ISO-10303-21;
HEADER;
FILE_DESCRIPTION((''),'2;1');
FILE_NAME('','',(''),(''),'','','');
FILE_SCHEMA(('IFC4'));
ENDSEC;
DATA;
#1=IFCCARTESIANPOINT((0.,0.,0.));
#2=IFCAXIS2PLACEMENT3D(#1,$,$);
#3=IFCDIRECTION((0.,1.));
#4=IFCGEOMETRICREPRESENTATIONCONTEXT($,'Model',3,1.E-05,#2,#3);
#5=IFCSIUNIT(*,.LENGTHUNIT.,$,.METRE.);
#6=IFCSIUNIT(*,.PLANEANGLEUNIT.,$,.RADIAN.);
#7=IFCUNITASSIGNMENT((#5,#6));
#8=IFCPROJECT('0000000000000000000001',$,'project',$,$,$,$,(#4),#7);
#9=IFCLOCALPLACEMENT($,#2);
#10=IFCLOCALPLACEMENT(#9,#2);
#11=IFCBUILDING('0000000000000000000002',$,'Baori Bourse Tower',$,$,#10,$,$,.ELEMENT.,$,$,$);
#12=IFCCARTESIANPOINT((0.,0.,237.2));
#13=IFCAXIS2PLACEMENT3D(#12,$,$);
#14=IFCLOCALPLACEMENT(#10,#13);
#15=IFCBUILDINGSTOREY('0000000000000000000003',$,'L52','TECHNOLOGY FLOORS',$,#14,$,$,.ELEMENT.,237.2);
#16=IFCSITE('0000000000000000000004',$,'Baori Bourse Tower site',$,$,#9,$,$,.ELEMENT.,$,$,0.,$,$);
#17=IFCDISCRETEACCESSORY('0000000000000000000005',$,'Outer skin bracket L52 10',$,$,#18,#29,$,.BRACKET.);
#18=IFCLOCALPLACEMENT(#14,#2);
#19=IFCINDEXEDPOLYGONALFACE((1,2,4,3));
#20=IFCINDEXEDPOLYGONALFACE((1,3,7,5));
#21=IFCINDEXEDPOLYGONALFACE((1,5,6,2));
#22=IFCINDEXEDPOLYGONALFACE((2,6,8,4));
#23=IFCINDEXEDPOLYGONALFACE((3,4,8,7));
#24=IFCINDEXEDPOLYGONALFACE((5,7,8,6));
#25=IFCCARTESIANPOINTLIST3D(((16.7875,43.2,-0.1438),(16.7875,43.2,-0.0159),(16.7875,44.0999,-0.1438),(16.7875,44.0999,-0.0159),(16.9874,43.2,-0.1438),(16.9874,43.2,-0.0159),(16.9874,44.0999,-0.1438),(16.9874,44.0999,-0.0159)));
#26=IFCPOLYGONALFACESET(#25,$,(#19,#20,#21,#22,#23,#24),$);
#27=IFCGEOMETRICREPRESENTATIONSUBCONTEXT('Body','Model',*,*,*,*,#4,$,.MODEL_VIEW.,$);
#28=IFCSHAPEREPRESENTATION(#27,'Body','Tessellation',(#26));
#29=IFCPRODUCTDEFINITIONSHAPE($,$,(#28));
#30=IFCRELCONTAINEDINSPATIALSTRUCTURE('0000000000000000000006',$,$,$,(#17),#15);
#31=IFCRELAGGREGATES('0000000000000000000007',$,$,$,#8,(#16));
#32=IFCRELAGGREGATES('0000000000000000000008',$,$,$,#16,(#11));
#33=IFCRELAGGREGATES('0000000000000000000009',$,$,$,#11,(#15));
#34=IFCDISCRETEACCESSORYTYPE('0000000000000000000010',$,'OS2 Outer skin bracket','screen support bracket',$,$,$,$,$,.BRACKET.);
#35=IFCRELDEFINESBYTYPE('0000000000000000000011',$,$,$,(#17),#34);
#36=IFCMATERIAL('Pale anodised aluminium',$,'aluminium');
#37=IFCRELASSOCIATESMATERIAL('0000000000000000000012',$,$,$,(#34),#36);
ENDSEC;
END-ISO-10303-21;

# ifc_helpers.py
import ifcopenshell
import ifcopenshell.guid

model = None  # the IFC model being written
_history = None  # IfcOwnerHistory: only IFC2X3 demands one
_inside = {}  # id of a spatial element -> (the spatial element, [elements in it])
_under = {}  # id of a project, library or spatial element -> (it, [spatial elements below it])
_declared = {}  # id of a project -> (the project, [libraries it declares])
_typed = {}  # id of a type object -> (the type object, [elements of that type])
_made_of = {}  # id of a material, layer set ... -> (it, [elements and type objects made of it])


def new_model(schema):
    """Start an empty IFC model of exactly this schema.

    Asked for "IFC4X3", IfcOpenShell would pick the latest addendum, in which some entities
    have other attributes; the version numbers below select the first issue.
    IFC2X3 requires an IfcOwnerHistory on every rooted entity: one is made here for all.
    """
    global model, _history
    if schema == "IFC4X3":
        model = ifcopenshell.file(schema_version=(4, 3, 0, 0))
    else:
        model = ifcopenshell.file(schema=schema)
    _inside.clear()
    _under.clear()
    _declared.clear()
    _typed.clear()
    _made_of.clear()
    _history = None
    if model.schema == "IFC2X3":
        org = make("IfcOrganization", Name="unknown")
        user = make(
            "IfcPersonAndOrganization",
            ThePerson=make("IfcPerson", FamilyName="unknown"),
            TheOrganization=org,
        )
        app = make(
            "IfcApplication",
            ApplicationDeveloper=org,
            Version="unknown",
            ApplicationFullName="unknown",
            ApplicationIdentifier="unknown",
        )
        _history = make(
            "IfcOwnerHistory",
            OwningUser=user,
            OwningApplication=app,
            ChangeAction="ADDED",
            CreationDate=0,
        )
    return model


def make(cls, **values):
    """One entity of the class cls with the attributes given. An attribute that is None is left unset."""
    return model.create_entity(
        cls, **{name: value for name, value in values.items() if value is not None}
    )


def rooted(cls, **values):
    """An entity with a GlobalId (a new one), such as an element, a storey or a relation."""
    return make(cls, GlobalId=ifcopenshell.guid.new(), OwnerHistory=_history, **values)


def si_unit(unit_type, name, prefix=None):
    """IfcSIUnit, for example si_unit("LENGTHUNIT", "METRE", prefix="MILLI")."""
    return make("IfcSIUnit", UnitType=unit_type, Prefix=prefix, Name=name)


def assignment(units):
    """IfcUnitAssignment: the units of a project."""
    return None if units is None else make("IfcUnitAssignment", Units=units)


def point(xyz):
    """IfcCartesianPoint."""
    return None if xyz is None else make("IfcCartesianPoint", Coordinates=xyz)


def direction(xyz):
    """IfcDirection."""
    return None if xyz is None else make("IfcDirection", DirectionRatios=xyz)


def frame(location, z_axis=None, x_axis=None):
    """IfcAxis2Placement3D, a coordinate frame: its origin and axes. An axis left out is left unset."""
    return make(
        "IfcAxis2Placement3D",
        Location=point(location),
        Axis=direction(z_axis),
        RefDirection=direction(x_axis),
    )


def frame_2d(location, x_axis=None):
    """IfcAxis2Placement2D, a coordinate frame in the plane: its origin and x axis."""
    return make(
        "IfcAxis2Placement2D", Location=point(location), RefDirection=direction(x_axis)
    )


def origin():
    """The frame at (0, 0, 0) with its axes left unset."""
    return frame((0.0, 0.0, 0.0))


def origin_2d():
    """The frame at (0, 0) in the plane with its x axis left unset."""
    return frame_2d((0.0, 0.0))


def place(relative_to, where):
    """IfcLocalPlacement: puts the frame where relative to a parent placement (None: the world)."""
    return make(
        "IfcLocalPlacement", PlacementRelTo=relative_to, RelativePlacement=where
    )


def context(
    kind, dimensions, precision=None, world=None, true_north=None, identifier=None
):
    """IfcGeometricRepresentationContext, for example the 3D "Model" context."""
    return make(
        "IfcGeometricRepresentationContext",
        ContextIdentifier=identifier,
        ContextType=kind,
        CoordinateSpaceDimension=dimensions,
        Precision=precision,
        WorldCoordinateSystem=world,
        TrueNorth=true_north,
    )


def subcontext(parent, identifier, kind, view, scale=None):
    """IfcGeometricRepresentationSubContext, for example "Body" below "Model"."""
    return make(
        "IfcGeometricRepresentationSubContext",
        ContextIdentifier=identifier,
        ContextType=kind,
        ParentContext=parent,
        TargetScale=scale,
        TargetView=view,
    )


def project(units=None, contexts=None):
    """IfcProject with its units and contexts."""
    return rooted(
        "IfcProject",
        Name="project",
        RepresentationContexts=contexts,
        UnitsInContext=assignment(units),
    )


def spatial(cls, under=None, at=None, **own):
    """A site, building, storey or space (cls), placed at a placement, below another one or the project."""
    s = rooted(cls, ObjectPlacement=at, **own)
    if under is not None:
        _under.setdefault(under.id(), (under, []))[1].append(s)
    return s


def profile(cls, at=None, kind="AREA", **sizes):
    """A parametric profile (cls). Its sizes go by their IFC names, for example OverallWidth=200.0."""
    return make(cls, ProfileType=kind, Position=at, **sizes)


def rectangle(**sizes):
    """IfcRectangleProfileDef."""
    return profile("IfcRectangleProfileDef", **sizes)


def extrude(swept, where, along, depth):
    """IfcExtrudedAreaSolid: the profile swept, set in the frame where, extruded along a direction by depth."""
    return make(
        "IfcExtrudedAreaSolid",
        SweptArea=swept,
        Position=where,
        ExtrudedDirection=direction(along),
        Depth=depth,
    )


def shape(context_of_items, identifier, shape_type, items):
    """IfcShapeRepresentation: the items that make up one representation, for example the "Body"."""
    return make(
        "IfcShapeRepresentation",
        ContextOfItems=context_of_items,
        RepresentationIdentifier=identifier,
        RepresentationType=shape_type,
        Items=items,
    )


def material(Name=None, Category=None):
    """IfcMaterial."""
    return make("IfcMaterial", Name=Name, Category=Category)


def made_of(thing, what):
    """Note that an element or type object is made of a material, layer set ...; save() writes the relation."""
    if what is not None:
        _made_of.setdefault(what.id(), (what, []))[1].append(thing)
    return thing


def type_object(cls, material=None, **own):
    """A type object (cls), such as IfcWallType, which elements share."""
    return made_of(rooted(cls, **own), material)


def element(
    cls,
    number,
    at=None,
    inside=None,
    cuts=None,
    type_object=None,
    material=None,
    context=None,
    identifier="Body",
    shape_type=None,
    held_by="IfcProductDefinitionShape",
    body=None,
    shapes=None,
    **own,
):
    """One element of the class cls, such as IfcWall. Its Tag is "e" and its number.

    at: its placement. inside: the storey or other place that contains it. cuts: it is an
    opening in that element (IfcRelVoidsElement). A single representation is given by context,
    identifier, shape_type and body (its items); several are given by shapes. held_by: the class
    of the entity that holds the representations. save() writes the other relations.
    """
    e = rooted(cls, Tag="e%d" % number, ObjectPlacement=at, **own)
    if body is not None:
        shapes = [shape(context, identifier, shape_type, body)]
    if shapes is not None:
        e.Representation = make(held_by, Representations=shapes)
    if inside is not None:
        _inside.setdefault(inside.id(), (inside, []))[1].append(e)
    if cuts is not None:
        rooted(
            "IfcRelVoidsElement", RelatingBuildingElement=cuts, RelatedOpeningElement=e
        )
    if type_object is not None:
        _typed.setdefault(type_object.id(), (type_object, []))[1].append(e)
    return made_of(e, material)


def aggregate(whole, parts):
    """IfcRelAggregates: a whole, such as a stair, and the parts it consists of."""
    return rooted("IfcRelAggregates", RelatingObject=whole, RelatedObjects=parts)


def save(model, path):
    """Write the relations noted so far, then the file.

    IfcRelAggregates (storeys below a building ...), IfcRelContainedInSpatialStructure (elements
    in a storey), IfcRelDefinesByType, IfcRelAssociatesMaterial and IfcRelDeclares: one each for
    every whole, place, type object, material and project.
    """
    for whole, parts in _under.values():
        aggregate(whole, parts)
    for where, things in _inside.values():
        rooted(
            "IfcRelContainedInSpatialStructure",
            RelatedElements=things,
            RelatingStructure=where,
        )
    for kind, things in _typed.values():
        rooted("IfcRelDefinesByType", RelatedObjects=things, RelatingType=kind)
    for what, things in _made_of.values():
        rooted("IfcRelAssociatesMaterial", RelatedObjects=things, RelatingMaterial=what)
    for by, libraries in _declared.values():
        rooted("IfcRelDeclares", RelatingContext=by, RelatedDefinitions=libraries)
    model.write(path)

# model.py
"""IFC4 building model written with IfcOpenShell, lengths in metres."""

from ifc_helpers import new_model, si_unit, direction, frame, origin, origin_2d, place, context, subcontext, project, spatial, rectangle, extrude, material, type_object, element, save


model = new_model("IFC4")

# Units and contexts
model_context = context("Model", 3, precision=1e-05, world=origin(), true_north=direction((0.0, 1.0)))
body_context = subcontext(model_context, "Body", "Model", "MODEL_VIEW")
ifc_project = project(units=[si_unit("LENGTHUNIT", "METRE"), si_unit("PLANEANGLEUNIT", "RADIAN")], contexts=[model_context])

# Site, building, storey
site_placement = place(None, origin())
site = spatial("IfcSite", under=ifc_project, at=site_placement, Name="Baori Bourse Tower site", CompositionType="ELEMENT", RefElevation=0.0)
building_placement = place(site_placement, origin())
building = spatial("IfcBuilding", under=site, at=building_placement, Name="Baori Bourse Tower", CompositionType="ELEMENT")
storey_placement = place(building_placement, frame((0.0, 0.0, 237.2)))
storey = spatial("IfcBuildingStorey", under=building, at=storey_placement, Name="L52", Description="TECHNOLOGY FLOORS", CompositionType="ELEMENT", Elevation=237.2)

# Discrete accessory
ifc_material_1 = material(Name="Pale anodised aluminium", Category="aluminium")
discrete_accessory_type = type_object("IfcDiscreteAccessoryType", Name="OS2 Outer skin bracket", Description="screen support bracket", PredefinedType="BRACKET", material=ifc_material_1)
for number, where, z_axis, x_axis, name in (
    (1, (16.8875, 43.6499, -0.1438), (0.0, 0.0, 1.0), (-1.0, 0.0, 0.0), "Outer skin bracket L52 10"),
):
    element("IfcDiscreteAccessory", number, at=place(storey_placement, frame(where, z_axis=z_axis, x_axis=x_axis)), inside=storey, type_object=discrete_accessory_type, Name=name, PredefinedType="BRACKET", context=body_context, shape_type="SweptSolid", body=[
        extrude(rectangle(XDim=0.2, YDim=0.8999, at=origin_2d()), origin(), (0.0, 0.0, 1.0), 0.1279),
    ])

save(model, "model.ifc")
